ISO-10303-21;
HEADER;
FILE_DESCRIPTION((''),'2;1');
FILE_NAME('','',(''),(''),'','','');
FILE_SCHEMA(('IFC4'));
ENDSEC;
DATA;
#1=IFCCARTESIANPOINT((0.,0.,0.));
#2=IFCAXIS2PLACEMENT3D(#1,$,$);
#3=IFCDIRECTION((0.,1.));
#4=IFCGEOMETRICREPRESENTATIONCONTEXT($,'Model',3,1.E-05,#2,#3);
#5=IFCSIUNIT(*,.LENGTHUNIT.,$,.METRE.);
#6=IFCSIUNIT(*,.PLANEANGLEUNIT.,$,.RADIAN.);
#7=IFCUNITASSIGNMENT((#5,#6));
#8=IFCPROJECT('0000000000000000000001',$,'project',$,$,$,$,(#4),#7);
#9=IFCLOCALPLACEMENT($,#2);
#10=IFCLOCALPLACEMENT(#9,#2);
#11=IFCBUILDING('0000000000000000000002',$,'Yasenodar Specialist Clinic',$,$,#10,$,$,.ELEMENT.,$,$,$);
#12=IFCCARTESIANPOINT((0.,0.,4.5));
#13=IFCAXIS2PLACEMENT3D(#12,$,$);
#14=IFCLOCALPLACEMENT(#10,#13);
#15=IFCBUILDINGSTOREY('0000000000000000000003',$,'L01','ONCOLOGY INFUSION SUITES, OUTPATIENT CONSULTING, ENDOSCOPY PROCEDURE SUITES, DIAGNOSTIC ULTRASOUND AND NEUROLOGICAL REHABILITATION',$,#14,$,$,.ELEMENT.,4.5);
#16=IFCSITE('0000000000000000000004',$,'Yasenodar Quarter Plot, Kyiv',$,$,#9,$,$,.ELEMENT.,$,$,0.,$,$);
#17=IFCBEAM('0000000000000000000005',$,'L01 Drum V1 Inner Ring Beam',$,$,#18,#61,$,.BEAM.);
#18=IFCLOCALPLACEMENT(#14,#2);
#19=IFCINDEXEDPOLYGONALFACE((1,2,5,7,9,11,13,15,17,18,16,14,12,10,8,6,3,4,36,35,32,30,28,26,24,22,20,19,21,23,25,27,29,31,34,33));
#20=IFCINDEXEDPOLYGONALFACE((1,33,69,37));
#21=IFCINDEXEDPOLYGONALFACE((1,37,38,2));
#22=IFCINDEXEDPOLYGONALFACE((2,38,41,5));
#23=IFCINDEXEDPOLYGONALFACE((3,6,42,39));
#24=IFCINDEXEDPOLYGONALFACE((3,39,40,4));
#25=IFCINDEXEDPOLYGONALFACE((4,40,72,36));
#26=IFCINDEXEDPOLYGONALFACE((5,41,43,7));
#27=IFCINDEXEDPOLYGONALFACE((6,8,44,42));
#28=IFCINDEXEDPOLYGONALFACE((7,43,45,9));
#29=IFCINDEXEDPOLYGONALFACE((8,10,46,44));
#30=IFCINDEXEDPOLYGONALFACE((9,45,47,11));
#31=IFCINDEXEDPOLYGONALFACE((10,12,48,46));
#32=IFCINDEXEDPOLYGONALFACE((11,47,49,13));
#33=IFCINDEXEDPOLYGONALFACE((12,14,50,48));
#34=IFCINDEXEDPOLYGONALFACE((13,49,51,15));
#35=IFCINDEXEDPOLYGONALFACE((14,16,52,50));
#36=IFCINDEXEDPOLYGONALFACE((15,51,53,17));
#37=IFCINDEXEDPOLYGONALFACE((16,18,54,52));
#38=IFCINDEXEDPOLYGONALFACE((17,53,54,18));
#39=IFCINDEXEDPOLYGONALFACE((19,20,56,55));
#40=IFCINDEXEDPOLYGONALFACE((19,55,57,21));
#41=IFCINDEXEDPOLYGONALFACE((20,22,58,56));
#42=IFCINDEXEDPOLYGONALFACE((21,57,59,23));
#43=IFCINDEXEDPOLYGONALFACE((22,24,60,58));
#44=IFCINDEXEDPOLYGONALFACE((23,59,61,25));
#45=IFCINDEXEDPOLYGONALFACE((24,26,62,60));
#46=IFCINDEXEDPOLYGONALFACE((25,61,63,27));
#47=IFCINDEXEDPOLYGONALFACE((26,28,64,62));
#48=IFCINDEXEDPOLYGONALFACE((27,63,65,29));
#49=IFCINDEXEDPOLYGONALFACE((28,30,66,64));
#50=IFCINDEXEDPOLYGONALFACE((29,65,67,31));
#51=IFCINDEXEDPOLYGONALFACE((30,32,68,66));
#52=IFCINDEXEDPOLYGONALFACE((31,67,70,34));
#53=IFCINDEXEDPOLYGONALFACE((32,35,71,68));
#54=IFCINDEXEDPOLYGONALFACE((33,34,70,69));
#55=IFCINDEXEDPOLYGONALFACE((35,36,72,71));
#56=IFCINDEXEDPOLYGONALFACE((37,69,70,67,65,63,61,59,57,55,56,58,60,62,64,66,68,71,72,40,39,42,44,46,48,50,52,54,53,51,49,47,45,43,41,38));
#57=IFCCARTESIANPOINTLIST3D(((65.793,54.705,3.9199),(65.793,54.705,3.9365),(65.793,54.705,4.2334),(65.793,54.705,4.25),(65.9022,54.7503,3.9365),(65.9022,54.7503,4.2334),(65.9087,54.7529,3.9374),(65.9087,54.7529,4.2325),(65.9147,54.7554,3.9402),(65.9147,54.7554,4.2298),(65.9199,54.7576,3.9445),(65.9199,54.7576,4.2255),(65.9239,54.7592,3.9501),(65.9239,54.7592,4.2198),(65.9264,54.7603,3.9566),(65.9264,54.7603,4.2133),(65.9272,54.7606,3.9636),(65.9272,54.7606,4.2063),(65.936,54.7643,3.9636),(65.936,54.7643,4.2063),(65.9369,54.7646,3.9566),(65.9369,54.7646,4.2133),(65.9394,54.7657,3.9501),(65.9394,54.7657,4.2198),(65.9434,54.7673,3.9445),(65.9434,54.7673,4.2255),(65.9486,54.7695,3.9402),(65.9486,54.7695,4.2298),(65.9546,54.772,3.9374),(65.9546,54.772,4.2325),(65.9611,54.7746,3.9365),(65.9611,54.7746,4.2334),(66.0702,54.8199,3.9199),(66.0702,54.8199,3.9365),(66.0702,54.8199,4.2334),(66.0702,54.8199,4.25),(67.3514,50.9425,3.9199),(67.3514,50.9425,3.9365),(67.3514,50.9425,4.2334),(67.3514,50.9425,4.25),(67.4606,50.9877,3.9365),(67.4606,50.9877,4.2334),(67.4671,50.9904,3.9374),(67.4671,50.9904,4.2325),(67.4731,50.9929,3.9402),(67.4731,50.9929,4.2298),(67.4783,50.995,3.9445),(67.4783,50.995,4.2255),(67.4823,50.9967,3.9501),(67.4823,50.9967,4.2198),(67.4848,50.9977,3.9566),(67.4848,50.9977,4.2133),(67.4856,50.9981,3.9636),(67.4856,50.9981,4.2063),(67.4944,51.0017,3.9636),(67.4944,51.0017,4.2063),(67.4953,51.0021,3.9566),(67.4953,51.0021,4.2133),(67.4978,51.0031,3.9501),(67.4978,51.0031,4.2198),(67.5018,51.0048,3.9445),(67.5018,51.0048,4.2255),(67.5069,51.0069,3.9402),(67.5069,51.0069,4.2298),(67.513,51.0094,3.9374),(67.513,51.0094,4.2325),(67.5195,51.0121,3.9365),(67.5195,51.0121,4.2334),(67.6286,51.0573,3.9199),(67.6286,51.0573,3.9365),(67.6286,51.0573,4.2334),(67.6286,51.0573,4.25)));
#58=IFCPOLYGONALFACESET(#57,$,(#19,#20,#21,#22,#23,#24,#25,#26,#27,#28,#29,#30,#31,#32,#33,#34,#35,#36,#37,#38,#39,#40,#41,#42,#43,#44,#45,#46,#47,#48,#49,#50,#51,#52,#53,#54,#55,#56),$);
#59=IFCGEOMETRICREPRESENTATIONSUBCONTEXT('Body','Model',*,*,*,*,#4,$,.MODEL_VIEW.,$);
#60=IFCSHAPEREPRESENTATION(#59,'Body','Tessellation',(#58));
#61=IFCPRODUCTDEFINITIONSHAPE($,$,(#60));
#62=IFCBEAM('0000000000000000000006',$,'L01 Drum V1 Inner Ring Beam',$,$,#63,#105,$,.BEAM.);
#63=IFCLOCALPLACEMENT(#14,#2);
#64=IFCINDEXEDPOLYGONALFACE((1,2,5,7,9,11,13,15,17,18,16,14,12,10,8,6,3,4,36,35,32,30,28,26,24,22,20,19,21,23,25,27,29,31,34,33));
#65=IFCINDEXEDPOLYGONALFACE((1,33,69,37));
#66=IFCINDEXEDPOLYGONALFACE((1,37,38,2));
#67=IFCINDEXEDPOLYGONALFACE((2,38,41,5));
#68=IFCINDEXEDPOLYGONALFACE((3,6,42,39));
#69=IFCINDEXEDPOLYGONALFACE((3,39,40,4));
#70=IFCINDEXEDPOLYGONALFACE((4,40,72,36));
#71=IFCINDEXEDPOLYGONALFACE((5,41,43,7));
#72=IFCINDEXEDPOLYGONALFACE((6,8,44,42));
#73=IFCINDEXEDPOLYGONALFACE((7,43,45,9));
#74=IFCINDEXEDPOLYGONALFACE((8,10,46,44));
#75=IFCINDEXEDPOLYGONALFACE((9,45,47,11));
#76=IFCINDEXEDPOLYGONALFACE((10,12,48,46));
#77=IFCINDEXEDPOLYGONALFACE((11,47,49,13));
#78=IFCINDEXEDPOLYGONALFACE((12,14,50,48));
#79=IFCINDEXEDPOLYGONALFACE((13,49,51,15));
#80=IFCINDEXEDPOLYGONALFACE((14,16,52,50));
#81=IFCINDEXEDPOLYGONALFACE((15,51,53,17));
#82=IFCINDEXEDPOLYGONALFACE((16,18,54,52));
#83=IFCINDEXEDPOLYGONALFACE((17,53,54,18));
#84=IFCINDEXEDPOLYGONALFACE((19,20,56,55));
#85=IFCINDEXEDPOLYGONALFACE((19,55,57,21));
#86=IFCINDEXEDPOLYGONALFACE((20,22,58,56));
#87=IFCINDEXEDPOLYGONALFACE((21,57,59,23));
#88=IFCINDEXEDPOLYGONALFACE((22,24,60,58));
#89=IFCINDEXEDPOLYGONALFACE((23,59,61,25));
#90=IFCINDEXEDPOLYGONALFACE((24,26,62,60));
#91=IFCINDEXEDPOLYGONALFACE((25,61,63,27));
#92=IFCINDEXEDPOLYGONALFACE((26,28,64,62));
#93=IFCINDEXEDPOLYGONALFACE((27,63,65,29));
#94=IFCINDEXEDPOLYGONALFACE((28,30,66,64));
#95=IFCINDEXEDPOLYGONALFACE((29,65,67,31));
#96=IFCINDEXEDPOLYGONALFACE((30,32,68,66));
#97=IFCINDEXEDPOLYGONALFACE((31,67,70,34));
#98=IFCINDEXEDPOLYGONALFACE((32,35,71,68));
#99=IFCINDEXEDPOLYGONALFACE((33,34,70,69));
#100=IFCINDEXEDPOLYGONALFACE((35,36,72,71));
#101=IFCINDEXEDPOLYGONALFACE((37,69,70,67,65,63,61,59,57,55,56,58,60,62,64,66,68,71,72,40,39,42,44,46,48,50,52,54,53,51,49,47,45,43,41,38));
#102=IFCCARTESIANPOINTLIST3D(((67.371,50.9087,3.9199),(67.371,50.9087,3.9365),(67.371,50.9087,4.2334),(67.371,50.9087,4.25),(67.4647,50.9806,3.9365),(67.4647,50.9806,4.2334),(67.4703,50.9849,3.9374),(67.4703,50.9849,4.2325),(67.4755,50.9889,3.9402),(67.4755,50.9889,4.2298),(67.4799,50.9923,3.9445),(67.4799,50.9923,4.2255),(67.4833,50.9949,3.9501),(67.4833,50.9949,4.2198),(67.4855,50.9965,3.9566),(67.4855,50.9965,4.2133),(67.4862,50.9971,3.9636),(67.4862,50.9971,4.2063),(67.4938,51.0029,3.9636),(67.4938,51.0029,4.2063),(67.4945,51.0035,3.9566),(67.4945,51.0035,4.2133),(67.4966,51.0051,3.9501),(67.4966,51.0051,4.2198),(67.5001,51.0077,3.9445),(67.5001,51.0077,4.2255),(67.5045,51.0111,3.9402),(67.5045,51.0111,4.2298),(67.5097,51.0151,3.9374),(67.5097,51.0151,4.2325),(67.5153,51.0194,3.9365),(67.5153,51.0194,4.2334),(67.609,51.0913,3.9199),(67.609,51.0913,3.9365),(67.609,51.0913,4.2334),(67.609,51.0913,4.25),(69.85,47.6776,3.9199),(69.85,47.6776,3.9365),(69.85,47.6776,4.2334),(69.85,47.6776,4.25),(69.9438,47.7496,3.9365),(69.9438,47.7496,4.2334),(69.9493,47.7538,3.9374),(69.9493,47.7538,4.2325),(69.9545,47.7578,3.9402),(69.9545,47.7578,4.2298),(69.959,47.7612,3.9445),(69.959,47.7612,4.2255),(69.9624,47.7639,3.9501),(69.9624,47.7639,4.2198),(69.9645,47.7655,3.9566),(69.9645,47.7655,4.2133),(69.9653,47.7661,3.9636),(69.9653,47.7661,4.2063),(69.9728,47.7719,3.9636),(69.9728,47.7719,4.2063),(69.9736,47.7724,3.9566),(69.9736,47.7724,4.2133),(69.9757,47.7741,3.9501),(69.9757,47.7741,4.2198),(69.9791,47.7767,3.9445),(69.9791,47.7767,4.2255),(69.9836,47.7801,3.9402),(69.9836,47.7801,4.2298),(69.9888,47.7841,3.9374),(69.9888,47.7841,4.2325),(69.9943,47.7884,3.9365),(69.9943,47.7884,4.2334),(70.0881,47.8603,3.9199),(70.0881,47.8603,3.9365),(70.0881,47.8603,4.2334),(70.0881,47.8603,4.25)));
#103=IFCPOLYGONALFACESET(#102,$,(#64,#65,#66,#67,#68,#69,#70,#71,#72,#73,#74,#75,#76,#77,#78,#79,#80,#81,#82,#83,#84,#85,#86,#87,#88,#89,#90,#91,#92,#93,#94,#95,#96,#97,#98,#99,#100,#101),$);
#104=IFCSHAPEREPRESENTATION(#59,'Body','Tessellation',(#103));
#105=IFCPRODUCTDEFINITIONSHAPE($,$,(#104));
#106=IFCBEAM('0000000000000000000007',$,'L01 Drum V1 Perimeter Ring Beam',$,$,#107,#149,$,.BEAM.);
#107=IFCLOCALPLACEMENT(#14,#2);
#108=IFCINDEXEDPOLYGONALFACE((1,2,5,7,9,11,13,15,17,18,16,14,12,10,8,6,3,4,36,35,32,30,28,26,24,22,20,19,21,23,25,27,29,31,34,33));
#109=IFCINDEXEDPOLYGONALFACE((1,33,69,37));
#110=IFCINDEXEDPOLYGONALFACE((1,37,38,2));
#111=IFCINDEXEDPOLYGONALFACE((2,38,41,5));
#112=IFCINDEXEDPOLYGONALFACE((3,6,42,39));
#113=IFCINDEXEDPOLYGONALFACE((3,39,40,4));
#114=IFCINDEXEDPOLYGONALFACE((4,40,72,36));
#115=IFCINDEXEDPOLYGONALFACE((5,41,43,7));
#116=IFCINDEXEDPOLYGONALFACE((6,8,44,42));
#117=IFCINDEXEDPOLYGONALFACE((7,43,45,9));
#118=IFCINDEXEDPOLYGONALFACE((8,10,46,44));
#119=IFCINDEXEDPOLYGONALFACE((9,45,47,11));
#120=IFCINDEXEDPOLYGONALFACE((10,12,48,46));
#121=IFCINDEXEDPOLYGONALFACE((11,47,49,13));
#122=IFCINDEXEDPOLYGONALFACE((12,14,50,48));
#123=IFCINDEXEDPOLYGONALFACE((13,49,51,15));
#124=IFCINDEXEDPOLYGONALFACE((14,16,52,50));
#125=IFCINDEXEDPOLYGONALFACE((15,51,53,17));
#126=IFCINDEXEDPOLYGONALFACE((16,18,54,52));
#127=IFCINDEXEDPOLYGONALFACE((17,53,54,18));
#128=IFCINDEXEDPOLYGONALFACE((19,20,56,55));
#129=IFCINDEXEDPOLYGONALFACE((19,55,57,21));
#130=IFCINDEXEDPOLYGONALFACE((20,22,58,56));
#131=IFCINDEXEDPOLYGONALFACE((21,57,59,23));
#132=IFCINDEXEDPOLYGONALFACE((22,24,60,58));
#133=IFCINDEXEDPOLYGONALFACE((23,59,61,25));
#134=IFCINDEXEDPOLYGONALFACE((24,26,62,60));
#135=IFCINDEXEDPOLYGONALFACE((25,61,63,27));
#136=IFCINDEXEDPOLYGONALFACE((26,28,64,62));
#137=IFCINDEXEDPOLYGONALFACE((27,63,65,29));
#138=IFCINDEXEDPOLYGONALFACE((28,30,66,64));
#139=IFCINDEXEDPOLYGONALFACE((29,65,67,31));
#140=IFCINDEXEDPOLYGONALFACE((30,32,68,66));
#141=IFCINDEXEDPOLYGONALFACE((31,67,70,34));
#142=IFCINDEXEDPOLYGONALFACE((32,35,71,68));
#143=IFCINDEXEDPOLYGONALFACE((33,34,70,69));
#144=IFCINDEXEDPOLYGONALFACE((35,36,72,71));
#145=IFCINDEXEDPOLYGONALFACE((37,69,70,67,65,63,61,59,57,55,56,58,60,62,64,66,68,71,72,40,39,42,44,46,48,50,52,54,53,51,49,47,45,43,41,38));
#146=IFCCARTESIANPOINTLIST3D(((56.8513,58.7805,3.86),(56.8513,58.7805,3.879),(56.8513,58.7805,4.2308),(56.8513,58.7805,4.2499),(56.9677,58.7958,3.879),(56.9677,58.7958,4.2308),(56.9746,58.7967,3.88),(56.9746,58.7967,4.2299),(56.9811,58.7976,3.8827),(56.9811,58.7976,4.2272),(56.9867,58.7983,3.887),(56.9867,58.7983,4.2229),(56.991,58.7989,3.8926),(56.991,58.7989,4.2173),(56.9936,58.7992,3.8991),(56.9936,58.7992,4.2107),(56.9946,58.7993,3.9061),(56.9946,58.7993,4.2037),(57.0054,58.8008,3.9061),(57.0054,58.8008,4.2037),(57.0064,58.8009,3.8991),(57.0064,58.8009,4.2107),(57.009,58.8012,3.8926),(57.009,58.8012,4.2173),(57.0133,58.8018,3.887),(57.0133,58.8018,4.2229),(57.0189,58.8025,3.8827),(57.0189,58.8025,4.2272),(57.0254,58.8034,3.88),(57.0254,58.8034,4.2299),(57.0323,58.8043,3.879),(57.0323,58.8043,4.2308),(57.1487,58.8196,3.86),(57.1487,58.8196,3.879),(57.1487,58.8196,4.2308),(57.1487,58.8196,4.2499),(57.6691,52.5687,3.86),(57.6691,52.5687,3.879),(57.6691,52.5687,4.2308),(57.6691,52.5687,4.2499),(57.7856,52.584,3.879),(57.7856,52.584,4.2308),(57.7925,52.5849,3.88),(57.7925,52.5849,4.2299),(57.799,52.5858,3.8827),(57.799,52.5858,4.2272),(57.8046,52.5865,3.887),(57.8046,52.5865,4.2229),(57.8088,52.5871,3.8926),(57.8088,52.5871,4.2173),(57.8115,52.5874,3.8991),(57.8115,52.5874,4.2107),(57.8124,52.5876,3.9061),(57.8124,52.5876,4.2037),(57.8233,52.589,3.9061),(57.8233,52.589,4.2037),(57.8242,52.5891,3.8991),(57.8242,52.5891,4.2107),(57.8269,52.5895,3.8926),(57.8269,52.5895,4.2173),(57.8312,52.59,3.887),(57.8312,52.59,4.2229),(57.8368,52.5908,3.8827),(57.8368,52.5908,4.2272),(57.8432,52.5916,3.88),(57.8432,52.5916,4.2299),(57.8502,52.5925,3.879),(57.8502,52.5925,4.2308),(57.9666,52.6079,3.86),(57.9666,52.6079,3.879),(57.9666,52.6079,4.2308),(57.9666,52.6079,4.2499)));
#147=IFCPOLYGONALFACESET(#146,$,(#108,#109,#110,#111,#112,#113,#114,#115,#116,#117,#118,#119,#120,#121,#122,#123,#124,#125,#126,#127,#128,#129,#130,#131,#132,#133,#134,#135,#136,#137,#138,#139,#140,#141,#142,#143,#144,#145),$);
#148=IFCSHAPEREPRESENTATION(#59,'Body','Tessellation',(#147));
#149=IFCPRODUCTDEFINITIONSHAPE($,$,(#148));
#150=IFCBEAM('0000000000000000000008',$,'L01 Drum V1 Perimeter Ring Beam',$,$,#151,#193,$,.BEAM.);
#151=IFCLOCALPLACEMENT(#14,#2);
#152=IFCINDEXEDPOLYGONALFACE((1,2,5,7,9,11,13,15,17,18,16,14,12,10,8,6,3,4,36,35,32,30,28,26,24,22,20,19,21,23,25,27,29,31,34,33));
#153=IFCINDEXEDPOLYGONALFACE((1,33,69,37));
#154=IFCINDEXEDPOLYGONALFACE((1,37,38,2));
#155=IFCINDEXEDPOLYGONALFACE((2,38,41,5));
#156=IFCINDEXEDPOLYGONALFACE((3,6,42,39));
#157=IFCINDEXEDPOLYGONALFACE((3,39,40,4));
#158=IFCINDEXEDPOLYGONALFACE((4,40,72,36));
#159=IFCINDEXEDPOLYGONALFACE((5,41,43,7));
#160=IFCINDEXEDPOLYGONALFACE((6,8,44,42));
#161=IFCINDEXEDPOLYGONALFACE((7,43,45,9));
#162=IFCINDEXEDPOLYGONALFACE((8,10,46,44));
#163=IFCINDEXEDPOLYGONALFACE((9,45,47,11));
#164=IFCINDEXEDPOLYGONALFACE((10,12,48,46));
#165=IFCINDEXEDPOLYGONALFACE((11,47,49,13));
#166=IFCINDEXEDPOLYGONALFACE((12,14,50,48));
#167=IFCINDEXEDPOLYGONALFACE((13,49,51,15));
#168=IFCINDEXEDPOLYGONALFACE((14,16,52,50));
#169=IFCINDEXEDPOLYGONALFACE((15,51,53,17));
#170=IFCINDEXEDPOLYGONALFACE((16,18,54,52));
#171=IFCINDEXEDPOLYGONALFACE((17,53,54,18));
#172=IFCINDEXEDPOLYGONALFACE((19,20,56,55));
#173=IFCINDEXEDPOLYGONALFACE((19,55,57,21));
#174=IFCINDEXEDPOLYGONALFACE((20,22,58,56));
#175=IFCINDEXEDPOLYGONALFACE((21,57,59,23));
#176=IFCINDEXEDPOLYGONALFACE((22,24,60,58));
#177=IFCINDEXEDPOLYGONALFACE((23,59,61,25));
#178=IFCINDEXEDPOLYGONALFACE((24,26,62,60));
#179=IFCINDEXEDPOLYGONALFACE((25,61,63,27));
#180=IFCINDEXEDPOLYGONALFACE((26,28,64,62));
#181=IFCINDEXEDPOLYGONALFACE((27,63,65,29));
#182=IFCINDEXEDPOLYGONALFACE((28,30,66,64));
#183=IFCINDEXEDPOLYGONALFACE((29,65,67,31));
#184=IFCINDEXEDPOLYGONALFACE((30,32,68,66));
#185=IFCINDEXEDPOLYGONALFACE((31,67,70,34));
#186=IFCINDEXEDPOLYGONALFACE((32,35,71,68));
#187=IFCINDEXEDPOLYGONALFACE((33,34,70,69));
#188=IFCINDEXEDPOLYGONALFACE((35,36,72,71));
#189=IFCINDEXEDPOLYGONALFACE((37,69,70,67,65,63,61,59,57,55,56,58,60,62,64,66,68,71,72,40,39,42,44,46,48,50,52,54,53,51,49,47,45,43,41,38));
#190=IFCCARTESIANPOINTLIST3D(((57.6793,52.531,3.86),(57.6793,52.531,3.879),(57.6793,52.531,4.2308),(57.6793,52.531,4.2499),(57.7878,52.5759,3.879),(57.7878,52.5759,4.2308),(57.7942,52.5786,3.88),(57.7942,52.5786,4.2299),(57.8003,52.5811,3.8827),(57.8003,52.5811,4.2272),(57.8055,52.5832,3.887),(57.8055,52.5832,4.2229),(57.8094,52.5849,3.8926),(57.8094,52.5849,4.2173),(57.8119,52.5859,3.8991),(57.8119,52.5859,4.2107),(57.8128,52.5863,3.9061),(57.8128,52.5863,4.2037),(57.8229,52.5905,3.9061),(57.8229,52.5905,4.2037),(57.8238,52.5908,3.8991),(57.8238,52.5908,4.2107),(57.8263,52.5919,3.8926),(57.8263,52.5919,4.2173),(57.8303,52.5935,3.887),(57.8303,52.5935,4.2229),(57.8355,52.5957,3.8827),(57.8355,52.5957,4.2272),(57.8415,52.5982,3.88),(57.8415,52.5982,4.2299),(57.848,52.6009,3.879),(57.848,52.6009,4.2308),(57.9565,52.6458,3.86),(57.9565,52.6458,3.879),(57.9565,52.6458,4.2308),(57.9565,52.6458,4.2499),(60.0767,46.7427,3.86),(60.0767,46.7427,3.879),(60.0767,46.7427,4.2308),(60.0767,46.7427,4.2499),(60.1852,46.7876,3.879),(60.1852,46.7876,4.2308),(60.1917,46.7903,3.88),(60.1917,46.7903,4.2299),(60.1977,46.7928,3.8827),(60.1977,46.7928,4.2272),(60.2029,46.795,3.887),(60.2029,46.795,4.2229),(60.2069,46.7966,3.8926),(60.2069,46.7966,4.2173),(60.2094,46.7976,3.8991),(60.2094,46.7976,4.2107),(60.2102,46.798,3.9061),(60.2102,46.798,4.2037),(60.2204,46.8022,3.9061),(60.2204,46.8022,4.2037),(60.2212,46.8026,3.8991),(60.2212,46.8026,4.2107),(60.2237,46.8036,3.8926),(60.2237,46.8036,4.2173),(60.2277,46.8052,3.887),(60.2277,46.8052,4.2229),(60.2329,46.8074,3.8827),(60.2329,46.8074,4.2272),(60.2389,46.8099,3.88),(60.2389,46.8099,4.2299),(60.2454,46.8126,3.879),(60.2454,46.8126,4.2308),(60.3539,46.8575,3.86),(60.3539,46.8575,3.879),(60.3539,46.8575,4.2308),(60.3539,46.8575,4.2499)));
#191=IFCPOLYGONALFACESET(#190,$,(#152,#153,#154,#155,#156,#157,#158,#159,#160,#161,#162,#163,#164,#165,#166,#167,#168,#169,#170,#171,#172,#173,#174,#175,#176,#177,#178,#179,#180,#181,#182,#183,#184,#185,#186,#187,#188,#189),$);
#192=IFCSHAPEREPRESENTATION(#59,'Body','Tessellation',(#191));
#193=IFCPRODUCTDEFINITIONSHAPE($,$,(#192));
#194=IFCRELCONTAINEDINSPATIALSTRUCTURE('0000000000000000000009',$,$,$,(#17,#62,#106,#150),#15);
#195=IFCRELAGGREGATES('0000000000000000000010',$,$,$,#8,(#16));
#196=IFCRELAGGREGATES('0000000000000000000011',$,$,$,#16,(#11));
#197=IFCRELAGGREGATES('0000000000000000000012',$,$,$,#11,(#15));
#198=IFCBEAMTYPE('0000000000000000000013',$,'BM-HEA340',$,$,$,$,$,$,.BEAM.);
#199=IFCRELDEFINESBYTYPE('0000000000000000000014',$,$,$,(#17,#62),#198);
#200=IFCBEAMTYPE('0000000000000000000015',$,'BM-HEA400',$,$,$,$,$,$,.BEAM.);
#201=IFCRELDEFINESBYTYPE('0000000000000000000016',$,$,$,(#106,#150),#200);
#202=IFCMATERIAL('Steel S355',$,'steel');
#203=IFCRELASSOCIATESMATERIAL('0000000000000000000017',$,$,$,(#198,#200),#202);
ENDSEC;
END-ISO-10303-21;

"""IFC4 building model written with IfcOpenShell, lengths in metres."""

from ifc_helpers import new_model, si_unit, direction, frame, origin, origin_2d, place, context, subcontext, project, spatial, i_section, extrude, material, material_profile, profile_set, type_object, element, save


model = new_model("IFC4")

# Units and contexts
model_context = context("Model", 3, precision=1e-05, world=origin(), true_north=direction((0.0, 1.0)))
body_context = subcontext(model_context, "Body", "Model", "MODEL_VIEW")
ifc_project = project(units=[si_unit("LENGTHUNIT", "METRE"), si_unit("PLANEANGLEUNIT", "RADIAN")], contexts=[model_context])

# Site, building, storey
site_placement = place(None, origin())
site = spatial("IfcSite", under=ifc_project, at=site_placement, Name="Yasenodar Quarter Plot, Kyiv", CompositionType="ELEMENT", RefElevation=0.0)
building_placement = place(site_placement, origin())
building = spatial("IfcBuilding", under=site, at=building_placement, Name="Yasenodar Specialist Clinic", CompositionType="ELEMENT")
storey_placement = place(building_placement, frame((0.0, 0.0, 4.5)))
storey = spatial("IfcBuildingStorey", under=building, at=storey_placement, Name="L01", Description="ONCOLOGY INFUSION SUITES, OUTPATIENT CONSULTING, ENDOSCOPY PROCEDURE SUITES, DIAGNOSTIC ULTRASOUND AND NEUROLOGICAL REHABILITATION", CompositionType="ELEMENT", Elevation=4.5)

# Shared definitions
ifc_material_1 = material(Name="Steel S355", Category="steel")

# Beams
ifc_material_profile_1 = material_profile(ifc_material_1, i_section(OverallWidth=0.3, OverallDepth=0.3301, WebThickness=0.0095, FlangeThickness=0.0166, FilletRadius=0.0271, at=origin_2d()), Name="HEA 340")
ifc_profile_set_1 = profile_set([ifc_material_profile_1], Name="Steel S355")
beam_type_1 = type_object("IfcBeamType", Name="BM-HEA340", PredefinedType="BEAM", material=ifc_profile_set_1)
for number, where, z_axis, x_axis, name in (
    (1, (65.9316, 54.7625, 4.085), (0.382661, -0.923889, 0.0), (0.923889, 0.382661, 0.0), "L01 Drum V1 Inner Ring Beam"),
    (2, (67.49, 51.0, 4.085), (0.608731, -0.793377, 0.0), (0.793377, 0.608731, 0.0), "L01 Drum V1 Inner Ring Beam"),
):
    element("IfcBeam", number, at=place(storey_placement, frame(where, z_axis=z_axis, x_axis=x_axis)), inside=storey, type_object=beam_type_1, Name=name, PredefinedType="BEAM", context=body_context, shape_type="SweptSolid", body=[
        extrude(i_section(OverallWidth=0.3, OverallDepth=0.3301, WebThickness=0.0095, FlangeThickness=0.0166, FilletRadius=0.0271, at=origin_2d()), origin(), (0.0, 0.0, 1.0), 4.0725),
    ])
ifc_material_profile_2 = material_profile(ifc_material_1, i_section(OverallWidth=0.3, OverallDepth=0.3899, WebThickness=0.011, FlangeThickness=0.019, FilletRadius=0.0271, at=origin_2d()), Name="HEA 400")
ifc_profile_set_2 = profile_set([ifc_material_profile_2], Name="Steel S355")
beam_type_2 = type_object("IfcBeamType", Name="BM-HEA400", PredefinedType="BEAM", material=ifc_profile_set_2)
beam_1_placement = place(storey_placement, frame((57.0, 58.8, 4.0549), z_axis=(0.13054, -0.991443, 0.0), x_axis=(0.991443, 0.13054, 0.0)))
element("IfcBeam", 3, at=beam_1_placement, inside=storey, type_object=beam_type_2, Name="L01 Drum V1 Perimeter Ring Beam", PredefinedType="BEAM", context=body_context, shape_type="SweptSolid", body=[
    extrude(i_section(OverallWidth=0.3, OverallDepth=0.3899, WebThickness=0.011, FlangeThickness=0.019, FilletRadius=0.0271, at=origin_2d()), origin(), (0.0, 0.0, 1.0), 6.2654),
])
beam_2_placement = place(storey_placement, frame((57.8179, 52.5884, 4.0549), z_axis=(0.382664, -0.923888, 0.0), x_axis=(0.923888, 0.382664, 0.0)))
element("IfcBeam", 4, at=beam_2_placement, inside=storey, type_object=beam_type_2, Name="L01 Drum V1 Perimeter Ring Beam", PredefinedType="BEAM", context=body_context, shape_type="SweptSolid", body=[
    extrude(i_section(OverallWidth=0.3, OverallDepth=0.3899, WebThickness=0.011, FlangeThickness=0.019, FilletRadius=0.0271, at=origin_2d()), origin(), (0.0, 0.0, 1.0), 6.2651),
])

save(model, "model.ifc")
